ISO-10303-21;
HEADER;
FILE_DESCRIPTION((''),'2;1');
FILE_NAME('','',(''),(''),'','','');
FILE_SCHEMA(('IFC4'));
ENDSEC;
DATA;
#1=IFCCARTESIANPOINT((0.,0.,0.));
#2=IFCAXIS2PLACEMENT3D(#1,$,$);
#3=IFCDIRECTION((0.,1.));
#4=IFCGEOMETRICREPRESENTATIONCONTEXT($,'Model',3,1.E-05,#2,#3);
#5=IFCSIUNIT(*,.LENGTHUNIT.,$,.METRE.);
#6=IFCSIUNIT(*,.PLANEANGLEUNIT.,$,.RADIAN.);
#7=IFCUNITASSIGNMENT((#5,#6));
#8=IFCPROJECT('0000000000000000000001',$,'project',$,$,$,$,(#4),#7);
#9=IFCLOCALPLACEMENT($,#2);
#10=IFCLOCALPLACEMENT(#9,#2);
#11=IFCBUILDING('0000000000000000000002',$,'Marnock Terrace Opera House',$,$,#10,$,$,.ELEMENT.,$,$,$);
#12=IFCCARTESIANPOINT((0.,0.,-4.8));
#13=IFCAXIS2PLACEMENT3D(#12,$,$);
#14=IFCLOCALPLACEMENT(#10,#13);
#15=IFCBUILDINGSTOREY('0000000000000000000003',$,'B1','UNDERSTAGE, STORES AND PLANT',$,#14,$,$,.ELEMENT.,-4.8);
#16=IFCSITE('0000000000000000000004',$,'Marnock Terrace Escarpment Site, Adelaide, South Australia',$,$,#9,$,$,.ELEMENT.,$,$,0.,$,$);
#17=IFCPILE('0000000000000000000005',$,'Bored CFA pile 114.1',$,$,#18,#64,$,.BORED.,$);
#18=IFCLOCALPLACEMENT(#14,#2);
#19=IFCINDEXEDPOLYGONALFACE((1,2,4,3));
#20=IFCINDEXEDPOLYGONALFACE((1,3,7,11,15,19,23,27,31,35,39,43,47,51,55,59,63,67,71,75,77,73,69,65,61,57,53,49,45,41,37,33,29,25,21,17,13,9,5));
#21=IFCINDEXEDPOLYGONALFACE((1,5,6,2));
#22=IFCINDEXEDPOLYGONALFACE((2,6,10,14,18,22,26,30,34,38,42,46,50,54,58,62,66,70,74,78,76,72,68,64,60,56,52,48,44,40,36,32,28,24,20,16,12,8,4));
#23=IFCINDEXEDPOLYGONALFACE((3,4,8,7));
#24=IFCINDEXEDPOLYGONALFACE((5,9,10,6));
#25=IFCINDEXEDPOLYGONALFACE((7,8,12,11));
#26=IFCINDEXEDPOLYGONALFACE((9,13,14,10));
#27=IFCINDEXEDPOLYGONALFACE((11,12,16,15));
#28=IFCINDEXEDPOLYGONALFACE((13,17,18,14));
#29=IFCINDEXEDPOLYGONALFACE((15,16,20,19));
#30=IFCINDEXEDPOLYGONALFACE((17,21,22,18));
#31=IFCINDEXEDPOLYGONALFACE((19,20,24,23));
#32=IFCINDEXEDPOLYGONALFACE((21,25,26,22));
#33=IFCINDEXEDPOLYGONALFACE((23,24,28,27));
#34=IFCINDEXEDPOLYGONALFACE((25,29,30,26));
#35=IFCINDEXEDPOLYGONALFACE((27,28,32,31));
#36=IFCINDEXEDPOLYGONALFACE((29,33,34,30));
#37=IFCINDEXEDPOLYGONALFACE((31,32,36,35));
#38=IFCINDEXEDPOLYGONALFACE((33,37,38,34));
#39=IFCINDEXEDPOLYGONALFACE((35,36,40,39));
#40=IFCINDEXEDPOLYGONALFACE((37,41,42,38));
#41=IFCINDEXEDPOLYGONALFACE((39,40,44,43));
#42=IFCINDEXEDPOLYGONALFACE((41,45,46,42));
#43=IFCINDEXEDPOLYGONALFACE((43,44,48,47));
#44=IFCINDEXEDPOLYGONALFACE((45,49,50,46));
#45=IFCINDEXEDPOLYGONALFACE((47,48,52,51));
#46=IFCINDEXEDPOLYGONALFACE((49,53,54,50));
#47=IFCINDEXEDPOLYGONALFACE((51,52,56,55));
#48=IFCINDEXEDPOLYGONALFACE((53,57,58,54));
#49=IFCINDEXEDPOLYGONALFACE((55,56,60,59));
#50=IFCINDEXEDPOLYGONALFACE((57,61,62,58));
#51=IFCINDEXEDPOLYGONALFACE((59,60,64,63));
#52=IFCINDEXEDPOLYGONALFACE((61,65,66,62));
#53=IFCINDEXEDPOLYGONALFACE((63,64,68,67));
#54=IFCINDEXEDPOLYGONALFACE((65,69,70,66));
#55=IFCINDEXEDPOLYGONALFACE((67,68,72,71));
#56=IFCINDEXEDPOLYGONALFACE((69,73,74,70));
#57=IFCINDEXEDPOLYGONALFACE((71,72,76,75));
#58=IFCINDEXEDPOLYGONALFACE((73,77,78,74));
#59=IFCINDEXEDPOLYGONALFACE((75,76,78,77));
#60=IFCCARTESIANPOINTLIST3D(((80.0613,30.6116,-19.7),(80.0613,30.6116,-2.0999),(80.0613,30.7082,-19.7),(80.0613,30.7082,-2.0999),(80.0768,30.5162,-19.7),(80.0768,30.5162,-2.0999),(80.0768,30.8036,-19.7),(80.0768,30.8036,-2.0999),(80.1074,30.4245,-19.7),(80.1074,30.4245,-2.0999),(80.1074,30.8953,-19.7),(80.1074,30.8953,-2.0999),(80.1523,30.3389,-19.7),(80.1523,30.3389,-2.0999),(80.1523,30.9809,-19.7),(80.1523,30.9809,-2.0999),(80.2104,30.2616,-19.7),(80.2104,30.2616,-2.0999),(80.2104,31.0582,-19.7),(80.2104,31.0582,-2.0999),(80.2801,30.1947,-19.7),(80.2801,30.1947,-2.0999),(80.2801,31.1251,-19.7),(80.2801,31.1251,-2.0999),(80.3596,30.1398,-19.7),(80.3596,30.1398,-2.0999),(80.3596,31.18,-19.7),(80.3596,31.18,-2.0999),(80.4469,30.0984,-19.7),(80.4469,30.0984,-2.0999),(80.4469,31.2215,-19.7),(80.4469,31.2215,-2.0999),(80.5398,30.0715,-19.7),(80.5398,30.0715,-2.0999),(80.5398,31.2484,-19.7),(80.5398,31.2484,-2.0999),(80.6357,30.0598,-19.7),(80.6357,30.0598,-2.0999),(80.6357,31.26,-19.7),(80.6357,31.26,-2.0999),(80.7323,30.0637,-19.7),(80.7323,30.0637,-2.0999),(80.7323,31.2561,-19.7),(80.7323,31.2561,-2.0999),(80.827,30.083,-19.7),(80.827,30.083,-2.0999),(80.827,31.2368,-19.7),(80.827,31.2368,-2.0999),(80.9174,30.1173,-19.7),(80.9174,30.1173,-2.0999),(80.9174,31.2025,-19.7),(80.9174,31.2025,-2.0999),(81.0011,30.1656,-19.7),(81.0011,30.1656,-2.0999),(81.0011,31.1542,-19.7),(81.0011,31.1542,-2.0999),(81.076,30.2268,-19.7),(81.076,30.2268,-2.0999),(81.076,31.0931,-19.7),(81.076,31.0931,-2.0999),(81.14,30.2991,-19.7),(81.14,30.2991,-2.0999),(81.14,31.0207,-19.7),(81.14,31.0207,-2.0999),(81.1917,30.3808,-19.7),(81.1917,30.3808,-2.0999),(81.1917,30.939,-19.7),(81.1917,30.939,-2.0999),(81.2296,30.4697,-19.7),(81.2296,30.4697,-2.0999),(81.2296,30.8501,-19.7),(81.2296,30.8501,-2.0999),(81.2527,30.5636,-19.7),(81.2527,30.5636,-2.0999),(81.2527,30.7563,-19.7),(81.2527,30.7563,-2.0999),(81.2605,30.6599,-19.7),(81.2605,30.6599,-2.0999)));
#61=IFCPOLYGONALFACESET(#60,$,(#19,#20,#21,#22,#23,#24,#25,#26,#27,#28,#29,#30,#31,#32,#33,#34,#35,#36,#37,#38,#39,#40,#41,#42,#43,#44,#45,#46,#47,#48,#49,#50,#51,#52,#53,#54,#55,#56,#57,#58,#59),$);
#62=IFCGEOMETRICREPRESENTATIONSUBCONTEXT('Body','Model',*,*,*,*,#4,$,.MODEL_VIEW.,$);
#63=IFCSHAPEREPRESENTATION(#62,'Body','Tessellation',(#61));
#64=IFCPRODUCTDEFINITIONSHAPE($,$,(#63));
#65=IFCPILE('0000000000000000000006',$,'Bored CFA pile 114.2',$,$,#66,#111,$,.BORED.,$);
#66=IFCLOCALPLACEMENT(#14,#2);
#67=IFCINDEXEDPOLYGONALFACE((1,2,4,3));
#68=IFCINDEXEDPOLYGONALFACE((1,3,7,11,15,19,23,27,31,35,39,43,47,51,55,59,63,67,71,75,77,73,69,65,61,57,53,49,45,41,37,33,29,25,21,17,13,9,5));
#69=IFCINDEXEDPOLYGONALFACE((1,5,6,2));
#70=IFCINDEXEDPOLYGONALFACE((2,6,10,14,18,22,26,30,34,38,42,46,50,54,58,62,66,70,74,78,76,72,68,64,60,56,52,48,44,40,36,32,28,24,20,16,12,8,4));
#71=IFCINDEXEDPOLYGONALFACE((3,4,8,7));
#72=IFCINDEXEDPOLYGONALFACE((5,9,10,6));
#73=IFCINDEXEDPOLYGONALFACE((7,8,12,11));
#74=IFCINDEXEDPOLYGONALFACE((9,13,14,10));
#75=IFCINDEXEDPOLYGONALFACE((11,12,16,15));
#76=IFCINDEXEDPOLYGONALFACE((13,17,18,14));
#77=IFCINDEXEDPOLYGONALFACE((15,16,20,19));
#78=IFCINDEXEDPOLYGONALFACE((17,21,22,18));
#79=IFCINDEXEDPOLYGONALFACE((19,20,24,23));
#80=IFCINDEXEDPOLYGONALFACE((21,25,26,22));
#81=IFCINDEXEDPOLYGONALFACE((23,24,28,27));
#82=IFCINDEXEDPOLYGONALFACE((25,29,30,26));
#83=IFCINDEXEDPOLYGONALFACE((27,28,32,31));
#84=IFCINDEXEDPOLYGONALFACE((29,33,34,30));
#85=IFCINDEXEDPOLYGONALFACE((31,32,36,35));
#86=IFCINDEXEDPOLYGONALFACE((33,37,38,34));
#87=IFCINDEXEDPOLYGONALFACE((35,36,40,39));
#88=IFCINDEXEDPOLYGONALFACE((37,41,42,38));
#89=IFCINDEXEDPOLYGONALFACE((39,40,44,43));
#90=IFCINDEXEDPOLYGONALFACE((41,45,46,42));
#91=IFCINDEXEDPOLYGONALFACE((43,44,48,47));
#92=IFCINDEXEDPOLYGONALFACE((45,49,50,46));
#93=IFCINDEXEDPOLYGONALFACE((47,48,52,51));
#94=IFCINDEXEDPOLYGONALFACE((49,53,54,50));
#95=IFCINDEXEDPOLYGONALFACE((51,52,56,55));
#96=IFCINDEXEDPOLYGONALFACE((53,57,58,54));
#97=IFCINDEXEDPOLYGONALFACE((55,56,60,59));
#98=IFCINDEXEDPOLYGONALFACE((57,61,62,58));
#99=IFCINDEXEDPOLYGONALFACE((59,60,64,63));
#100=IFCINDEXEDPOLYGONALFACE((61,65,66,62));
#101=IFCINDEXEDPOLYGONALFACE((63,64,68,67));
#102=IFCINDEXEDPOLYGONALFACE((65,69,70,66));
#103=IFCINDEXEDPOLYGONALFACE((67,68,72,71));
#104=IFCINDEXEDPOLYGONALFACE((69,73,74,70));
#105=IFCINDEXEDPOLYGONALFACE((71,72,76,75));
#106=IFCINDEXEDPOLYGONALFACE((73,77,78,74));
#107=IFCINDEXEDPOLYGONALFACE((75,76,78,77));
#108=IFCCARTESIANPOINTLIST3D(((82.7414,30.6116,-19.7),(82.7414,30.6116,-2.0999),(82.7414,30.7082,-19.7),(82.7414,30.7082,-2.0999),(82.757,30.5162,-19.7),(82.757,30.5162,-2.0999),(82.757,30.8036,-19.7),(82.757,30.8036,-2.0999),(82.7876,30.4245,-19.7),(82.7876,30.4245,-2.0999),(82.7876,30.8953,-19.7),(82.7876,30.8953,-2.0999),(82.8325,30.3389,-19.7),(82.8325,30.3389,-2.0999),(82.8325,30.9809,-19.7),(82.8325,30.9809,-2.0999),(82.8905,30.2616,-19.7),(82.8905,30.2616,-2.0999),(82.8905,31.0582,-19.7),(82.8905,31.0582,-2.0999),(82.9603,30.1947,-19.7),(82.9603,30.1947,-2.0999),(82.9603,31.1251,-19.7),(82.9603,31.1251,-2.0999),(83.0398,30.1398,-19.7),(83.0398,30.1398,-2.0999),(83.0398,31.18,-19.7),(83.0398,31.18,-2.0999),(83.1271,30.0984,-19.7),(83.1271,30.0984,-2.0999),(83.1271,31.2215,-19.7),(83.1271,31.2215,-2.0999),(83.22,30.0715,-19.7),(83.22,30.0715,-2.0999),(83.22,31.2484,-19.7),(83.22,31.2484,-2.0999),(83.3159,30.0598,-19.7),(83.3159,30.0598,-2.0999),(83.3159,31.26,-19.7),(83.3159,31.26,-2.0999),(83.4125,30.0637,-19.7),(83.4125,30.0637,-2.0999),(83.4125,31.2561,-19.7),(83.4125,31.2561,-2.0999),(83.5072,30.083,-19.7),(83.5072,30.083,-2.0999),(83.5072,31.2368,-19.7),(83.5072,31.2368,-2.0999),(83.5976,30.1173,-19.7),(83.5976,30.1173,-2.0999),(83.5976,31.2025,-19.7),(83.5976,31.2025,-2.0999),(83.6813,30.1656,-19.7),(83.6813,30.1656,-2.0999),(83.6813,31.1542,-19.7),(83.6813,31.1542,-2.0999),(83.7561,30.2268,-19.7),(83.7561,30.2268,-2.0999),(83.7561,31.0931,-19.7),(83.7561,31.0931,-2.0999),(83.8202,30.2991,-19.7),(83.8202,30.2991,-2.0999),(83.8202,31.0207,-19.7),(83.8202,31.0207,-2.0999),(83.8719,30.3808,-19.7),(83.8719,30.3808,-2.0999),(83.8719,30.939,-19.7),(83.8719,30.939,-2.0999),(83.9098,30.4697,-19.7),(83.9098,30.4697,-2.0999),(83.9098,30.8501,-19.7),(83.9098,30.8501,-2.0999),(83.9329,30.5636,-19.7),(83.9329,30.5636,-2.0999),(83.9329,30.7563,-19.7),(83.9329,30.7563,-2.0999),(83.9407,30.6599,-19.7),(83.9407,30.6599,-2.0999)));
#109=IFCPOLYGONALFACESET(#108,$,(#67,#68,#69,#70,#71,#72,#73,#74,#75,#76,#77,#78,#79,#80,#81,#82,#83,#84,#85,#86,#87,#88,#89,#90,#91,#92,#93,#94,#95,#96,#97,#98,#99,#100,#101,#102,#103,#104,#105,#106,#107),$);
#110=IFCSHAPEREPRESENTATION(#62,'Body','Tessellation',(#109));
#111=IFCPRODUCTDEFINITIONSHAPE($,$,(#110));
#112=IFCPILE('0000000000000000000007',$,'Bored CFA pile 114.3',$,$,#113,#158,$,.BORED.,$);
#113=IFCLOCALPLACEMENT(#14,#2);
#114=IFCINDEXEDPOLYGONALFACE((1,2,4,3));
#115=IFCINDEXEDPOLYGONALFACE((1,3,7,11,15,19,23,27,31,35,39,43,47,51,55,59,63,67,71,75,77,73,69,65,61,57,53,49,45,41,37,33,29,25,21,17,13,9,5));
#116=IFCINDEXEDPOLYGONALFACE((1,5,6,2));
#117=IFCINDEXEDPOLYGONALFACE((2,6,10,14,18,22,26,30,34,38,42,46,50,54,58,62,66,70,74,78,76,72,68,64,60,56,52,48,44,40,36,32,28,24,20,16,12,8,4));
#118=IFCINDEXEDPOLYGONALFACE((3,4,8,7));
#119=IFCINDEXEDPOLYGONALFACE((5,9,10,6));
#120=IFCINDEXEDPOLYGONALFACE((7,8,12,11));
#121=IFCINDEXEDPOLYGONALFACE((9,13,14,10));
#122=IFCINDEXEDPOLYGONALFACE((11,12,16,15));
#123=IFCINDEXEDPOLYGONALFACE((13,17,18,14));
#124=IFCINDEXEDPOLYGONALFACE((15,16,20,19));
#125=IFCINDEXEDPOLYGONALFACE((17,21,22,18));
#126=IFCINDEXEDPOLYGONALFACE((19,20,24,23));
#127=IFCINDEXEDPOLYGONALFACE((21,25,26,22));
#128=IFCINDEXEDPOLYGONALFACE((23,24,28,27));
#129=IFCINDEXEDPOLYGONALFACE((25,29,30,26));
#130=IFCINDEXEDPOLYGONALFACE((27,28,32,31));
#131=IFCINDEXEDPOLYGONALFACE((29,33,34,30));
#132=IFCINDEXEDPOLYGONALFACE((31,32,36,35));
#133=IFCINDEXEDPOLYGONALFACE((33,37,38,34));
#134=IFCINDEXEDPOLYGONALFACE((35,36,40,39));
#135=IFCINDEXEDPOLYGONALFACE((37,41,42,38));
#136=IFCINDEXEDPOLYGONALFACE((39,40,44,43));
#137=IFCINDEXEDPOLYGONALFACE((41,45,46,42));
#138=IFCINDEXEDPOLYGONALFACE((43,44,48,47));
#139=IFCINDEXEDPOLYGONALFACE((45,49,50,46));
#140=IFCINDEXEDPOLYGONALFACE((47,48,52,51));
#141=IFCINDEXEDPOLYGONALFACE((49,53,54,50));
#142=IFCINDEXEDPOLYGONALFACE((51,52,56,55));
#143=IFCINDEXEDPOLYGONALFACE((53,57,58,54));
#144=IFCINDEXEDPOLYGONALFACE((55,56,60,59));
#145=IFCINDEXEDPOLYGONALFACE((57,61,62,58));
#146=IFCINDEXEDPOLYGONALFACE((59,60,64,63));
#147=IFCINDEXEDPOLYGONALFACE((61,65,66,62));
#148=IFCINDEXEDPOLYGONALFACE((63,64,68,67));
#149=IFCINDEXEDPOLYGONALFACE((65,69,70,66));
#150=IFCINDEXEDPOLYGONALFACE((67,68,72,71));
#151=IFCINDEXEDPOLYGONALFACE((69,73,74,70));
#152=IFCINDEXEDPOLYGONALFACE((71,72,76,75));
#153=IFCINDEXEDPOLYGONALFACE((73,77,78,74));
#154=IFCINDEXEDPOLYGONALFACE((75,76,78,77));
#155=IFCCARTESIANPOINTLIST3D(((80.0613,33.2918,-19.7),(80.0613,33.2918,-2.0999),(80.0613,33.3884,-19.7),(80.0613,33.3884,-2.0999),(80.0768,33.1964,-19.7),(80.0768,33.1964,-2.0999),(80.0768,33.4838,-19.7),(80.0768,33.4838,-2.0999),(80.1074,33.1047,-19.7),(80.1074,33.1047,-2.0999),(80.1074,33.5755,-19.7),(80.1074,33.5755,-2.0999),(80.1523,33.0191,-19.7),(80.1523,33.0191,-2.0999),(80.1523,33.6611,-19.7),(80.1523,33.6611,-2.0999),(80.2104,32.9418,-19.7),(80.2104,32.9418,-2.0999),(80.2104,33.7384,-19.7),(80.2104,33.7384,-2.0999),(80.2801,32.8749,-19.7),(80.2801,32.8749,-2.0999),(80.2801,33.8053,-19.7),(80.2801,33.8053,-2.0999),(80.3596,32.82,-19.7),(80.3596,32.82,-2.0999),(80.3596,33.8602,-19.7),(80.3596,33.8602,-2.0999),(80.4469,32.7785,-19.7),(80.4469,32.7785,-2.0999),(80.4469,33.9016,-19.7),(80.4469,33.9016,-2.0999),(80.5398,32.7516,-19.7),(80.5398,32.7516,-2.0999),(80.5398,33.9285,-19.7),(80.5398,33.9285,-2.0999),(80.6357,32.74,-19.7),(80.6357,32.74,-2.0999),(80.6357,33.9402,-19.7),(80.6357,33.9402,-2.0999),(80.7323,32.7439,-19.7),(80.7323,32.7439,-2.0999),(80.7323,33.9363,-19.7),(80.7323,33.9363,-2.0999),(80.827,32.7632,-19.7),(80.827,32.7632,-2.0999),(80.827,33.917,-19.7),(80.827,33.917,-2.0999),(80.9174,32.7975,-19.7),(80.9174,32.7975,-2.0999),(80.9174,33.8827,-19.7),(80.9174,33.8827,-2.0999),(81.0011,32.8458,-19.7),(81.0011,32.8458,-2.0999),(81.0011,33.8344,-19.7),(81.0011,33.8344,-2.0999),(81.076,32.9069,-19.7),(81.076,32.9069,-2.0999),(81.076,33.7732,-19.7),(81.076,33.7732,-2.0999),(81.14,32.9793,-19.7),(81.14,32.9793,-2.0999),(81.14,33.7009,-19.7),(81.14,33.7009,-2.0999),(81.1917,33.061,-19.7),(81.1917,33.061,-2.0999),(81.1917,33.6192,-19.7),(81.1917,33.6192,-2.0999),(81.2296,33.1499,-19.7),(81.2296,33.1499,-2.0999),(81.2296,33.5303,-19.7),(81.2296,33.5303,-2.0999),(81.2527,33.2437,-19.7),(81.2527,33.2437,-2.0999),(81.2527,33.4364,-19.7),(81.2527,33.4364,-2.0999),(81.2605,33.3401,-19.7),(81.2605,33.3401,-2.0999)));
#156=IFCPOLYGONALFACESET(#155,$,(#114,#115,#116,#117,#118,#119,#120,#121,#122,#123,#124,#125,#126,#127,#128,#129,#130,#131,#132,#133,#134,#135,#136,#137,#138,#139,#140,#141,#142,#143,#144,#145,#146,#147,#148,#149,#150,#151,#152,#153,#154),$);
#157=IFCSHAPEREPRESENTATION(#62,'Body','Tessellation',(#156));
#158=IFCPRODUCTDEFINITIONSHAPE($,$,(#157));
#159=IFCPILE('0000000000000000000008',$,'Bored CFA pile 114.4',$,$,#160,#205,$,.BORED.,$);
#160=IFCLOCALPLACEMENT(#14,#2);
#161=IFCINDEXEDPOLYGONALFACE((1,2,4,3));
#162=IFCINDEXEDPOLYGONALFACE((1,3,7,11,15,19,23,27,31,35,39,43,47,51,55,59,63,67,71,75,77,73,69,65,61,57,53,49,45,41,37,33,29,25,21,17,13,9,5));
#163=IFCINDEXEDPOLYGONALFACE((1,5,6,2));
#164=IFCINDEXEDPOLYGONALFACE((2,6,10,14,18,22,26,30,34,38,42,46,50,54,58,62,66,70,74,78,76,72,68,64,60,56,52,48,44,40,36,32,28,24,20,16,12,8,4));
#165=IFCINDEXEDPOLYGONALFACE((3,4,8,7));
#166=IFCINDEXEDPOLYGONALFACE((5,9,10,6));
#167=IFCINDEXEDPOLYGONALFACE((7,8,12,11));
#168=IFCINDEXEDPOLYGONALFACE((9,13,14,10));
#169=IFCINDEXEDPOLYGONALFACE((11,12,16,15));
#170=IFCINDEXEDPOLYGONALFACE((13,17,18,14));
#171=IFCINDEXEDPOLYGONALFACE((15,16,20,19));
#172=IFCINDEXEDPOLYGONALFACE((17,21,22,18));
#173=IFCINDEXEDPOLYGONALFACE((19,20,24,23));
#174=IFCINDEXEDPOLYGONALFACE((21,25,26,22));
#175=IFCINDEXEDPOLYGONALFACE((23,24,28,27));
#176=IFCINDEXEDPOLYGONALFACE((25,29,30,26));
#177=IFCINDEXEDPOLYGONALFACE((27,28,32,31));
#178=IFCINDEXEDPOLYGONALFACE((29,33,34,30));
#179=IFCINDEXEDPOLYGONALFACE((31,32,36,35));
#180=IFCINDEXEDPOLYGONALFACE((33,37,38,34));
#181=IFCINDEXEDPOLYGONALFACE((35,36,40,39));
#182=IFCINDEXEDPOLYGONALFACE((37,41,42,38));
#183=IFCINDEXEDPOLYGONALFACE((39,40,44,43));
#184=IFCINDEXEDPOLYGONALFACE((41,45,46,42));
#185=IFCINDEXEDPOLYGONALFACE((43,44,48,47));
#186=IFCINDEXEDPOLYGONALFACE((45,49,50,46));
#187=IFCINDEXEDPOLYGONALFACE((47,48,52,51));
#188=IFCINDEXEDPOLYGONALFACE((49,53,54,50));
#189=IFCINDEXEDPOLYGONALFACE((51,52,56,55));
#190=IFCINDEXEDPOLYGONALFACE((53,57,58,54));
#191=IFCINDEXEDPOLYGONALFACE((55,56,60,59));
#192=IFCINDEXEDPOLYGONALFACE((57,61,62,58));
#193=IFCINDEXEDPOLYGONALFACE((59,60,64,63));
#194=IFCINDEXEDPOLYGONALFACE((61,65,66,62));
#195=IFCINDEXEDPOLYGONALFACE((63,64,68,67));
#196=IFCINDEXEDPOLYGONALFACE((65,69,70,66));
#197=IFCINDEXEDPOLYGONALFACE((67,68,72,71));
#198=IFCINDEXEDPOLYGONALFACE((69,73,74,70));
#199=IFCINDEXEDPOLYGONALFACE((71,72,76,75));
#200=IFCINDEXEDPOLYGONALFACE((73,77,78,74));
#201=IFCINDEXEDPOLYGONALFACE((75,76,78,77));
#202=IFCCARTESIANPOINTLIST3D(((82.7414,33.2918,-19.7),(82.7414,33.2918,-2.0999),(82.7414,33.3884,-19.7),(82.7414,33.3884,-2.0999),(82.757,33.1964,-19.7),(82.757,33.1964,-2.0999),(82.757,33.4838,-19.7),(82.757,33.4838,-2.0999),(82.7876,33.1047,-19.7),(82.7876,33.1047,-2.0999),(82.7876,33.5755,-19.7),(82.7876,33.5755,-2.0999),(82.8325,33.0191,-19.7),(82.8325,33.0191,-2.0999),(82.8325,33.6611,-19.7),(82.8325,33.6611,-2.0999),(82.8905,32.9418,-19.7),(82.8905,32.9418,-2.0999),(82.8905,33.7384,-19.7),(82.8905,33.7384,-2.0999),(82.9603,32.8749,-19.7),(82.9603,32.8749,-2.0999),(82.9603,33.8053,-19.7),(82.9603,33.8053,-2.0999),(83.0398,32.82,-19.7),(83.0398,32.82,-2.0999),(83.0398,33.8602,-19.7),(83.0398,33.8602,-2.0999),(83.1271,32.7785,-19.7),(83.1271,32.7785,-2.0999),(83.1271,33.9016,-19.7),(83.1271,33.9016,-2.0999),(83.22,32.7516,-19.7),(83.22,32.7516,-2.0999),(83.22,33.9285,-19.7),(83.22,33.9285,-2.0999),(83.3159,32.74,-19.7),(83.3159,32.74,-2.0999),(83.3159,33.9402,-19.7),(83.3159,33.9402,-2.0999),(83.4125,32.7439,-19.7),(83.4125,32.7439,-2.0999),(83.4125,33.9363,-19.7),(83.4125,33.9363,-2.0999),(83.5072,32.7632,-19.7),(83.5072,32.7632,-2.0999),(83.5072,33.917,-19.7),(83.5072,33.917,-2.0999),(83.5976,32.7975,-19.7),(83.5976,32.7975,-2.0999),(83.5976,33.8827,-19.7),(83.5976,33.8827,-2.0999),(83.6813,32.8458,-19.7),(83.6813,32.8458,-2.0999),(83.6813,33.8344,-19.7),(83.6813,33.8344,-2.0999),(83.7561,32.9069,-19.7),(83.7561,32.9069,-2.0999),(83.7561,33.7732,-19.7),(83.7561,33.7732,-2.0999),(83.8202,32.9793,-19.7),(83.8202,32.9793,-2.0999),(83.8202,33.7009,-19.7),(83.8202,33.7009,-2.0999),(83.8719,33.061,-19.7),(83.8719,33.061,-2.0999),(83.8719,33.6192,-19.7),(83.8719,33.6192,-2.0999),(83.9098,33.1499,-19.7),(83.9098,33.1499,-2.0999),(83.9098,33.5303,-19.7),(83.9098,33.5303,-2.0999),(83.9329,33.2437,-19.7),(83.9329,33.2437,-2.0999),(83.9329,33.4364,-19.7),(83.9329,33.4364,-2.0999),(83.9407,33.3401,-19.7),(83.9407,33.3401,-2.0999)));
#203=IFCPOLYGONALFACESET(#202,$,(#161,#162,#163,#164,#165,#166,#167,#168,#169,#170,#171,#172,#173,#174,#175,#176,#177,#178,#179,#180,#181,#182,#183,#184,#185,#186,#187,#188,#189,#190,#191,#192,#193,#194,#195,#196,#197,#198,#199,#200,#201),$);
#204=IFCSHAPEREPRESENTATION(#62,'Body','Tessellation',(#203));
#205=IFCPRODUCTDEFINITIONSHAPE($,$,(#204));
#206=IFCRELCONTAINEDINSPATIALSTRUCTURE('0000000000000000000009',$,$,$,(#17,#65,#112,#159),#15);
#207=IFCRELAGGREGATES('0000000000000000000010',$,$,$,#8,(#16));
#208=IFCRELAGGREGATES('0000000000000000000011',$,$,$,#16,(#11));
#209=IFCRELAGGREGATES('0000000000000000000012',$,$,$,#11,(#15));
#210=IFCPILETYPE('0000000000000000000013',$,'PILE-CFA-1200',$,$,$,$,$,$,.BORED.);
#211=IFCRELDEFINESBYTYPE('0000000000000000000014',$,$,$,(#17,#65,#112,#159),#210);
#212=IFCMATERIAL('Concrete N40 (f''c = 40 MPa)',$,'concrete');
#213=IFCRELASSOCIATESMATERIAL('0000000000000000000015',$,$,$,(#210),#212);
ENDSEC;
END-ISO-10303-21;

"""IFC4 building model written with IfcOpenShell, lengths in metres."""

from ifc_helpers import new_model, si_unit, direction, frame, origin, origin_2d, place, context, subcontext, project, spatial, circle, extrude, material, material_profile, profile_set, type_object, element, save


model = new_model("IFC4")

# Units and contexts
model_context = context("Model", 3, precision=1e-05, world=origin(), true_north=direction((0.0, 1.0)))
body_context = subcontext(model_context, "Body", "Model", "MODEL_VIEW")
ifc_project = project(units=[si_unit("LENGTHUNIT", "METRE"), si_unit("PLANEANGLEUNIT", "RADIAN")], contexts=[model_context])

# Site, building, storey
site_placement = place(None, origin())
site = spatial("IfcSite", under=ifc_project, at=site_placement, Name="Marnock Terrace Escarpment Site, Adelaide, South Australia", CompositionType="ELEMENT", RefElevation=0.0)
building_placement = place(site_placement, origin())
building = spatial("IfcBuilding", under=site, at=building_placement, Name="Marnock Terrace Opera House", CompositionType="ELEMENT")
storey_placement = place(building_placement, frame((0.0, 0.0, -4.8)))
storey = spatial("IfcBuildingStorey", under=building, at=storey_placement, Name="B1", Description="UNDERSTAGE, STORES AND PLANT", CompositionType="ELEMENT", Elevation=-4.8)

# Shared definitions
ifc_material_1 = material(Name="Concrete N40 (f'c = 40 MPa)", Category="concrete")

# Piles
ifc_material_profile_1 = material_profile(ifc_material_1, circle(Radius=0.6006, at=origin_2d()))
ifc_profile_set_1 = profile_set([ifc_material_profile_1], Name="Concrete N40 (f'c = 40 MPa)")
pile_type = type_object("IfcPileType", Name="PILE-CFA-1200", PredefinedType="BORED", material=ifc_profile_set_1)
for number, where, z_axis, x_axis, name in (
    (1, (80.6599, 30.6599, -2.0999), (0.0, 0.0, -1.0), (1.0, 0.0, 0.0), "Bored CFA pile 114.1"),
    (2, (83.3401, 30.6599, -2.0999), (0.0, 0.0, -1.0), (1.0, 0.0, 0.0), "Bored CFA pile 114.2"),
    (3, (80.6599, 33.3401, -2.0999), (0.0, 0.0, -1.0), (1.0, 0.0, 0.0), "Bored CFA pile 114.3"),
    (4, (83.3401, 33.3401, -2.0999), (0.0, 0.0, -1.0), (1.0, 0.0, 0.0), "Bored CFA pile 114.4"),
):
    element("IfcPile", number, at=place(storey_placement, frame(where, z_axis=z_axis, x_axis=x_axis)), inside=storey, type_object=pile_type, Name=name, PredefinedType="BORED", context=body_context, shape_type="SweptSolid", body=[
        extrude(circle(Radius=0.6006, at=origin_2d()), origin(), (0.0, 0.0, 1.0), 17.6001),
    ])

save(model, "model.ifc")
